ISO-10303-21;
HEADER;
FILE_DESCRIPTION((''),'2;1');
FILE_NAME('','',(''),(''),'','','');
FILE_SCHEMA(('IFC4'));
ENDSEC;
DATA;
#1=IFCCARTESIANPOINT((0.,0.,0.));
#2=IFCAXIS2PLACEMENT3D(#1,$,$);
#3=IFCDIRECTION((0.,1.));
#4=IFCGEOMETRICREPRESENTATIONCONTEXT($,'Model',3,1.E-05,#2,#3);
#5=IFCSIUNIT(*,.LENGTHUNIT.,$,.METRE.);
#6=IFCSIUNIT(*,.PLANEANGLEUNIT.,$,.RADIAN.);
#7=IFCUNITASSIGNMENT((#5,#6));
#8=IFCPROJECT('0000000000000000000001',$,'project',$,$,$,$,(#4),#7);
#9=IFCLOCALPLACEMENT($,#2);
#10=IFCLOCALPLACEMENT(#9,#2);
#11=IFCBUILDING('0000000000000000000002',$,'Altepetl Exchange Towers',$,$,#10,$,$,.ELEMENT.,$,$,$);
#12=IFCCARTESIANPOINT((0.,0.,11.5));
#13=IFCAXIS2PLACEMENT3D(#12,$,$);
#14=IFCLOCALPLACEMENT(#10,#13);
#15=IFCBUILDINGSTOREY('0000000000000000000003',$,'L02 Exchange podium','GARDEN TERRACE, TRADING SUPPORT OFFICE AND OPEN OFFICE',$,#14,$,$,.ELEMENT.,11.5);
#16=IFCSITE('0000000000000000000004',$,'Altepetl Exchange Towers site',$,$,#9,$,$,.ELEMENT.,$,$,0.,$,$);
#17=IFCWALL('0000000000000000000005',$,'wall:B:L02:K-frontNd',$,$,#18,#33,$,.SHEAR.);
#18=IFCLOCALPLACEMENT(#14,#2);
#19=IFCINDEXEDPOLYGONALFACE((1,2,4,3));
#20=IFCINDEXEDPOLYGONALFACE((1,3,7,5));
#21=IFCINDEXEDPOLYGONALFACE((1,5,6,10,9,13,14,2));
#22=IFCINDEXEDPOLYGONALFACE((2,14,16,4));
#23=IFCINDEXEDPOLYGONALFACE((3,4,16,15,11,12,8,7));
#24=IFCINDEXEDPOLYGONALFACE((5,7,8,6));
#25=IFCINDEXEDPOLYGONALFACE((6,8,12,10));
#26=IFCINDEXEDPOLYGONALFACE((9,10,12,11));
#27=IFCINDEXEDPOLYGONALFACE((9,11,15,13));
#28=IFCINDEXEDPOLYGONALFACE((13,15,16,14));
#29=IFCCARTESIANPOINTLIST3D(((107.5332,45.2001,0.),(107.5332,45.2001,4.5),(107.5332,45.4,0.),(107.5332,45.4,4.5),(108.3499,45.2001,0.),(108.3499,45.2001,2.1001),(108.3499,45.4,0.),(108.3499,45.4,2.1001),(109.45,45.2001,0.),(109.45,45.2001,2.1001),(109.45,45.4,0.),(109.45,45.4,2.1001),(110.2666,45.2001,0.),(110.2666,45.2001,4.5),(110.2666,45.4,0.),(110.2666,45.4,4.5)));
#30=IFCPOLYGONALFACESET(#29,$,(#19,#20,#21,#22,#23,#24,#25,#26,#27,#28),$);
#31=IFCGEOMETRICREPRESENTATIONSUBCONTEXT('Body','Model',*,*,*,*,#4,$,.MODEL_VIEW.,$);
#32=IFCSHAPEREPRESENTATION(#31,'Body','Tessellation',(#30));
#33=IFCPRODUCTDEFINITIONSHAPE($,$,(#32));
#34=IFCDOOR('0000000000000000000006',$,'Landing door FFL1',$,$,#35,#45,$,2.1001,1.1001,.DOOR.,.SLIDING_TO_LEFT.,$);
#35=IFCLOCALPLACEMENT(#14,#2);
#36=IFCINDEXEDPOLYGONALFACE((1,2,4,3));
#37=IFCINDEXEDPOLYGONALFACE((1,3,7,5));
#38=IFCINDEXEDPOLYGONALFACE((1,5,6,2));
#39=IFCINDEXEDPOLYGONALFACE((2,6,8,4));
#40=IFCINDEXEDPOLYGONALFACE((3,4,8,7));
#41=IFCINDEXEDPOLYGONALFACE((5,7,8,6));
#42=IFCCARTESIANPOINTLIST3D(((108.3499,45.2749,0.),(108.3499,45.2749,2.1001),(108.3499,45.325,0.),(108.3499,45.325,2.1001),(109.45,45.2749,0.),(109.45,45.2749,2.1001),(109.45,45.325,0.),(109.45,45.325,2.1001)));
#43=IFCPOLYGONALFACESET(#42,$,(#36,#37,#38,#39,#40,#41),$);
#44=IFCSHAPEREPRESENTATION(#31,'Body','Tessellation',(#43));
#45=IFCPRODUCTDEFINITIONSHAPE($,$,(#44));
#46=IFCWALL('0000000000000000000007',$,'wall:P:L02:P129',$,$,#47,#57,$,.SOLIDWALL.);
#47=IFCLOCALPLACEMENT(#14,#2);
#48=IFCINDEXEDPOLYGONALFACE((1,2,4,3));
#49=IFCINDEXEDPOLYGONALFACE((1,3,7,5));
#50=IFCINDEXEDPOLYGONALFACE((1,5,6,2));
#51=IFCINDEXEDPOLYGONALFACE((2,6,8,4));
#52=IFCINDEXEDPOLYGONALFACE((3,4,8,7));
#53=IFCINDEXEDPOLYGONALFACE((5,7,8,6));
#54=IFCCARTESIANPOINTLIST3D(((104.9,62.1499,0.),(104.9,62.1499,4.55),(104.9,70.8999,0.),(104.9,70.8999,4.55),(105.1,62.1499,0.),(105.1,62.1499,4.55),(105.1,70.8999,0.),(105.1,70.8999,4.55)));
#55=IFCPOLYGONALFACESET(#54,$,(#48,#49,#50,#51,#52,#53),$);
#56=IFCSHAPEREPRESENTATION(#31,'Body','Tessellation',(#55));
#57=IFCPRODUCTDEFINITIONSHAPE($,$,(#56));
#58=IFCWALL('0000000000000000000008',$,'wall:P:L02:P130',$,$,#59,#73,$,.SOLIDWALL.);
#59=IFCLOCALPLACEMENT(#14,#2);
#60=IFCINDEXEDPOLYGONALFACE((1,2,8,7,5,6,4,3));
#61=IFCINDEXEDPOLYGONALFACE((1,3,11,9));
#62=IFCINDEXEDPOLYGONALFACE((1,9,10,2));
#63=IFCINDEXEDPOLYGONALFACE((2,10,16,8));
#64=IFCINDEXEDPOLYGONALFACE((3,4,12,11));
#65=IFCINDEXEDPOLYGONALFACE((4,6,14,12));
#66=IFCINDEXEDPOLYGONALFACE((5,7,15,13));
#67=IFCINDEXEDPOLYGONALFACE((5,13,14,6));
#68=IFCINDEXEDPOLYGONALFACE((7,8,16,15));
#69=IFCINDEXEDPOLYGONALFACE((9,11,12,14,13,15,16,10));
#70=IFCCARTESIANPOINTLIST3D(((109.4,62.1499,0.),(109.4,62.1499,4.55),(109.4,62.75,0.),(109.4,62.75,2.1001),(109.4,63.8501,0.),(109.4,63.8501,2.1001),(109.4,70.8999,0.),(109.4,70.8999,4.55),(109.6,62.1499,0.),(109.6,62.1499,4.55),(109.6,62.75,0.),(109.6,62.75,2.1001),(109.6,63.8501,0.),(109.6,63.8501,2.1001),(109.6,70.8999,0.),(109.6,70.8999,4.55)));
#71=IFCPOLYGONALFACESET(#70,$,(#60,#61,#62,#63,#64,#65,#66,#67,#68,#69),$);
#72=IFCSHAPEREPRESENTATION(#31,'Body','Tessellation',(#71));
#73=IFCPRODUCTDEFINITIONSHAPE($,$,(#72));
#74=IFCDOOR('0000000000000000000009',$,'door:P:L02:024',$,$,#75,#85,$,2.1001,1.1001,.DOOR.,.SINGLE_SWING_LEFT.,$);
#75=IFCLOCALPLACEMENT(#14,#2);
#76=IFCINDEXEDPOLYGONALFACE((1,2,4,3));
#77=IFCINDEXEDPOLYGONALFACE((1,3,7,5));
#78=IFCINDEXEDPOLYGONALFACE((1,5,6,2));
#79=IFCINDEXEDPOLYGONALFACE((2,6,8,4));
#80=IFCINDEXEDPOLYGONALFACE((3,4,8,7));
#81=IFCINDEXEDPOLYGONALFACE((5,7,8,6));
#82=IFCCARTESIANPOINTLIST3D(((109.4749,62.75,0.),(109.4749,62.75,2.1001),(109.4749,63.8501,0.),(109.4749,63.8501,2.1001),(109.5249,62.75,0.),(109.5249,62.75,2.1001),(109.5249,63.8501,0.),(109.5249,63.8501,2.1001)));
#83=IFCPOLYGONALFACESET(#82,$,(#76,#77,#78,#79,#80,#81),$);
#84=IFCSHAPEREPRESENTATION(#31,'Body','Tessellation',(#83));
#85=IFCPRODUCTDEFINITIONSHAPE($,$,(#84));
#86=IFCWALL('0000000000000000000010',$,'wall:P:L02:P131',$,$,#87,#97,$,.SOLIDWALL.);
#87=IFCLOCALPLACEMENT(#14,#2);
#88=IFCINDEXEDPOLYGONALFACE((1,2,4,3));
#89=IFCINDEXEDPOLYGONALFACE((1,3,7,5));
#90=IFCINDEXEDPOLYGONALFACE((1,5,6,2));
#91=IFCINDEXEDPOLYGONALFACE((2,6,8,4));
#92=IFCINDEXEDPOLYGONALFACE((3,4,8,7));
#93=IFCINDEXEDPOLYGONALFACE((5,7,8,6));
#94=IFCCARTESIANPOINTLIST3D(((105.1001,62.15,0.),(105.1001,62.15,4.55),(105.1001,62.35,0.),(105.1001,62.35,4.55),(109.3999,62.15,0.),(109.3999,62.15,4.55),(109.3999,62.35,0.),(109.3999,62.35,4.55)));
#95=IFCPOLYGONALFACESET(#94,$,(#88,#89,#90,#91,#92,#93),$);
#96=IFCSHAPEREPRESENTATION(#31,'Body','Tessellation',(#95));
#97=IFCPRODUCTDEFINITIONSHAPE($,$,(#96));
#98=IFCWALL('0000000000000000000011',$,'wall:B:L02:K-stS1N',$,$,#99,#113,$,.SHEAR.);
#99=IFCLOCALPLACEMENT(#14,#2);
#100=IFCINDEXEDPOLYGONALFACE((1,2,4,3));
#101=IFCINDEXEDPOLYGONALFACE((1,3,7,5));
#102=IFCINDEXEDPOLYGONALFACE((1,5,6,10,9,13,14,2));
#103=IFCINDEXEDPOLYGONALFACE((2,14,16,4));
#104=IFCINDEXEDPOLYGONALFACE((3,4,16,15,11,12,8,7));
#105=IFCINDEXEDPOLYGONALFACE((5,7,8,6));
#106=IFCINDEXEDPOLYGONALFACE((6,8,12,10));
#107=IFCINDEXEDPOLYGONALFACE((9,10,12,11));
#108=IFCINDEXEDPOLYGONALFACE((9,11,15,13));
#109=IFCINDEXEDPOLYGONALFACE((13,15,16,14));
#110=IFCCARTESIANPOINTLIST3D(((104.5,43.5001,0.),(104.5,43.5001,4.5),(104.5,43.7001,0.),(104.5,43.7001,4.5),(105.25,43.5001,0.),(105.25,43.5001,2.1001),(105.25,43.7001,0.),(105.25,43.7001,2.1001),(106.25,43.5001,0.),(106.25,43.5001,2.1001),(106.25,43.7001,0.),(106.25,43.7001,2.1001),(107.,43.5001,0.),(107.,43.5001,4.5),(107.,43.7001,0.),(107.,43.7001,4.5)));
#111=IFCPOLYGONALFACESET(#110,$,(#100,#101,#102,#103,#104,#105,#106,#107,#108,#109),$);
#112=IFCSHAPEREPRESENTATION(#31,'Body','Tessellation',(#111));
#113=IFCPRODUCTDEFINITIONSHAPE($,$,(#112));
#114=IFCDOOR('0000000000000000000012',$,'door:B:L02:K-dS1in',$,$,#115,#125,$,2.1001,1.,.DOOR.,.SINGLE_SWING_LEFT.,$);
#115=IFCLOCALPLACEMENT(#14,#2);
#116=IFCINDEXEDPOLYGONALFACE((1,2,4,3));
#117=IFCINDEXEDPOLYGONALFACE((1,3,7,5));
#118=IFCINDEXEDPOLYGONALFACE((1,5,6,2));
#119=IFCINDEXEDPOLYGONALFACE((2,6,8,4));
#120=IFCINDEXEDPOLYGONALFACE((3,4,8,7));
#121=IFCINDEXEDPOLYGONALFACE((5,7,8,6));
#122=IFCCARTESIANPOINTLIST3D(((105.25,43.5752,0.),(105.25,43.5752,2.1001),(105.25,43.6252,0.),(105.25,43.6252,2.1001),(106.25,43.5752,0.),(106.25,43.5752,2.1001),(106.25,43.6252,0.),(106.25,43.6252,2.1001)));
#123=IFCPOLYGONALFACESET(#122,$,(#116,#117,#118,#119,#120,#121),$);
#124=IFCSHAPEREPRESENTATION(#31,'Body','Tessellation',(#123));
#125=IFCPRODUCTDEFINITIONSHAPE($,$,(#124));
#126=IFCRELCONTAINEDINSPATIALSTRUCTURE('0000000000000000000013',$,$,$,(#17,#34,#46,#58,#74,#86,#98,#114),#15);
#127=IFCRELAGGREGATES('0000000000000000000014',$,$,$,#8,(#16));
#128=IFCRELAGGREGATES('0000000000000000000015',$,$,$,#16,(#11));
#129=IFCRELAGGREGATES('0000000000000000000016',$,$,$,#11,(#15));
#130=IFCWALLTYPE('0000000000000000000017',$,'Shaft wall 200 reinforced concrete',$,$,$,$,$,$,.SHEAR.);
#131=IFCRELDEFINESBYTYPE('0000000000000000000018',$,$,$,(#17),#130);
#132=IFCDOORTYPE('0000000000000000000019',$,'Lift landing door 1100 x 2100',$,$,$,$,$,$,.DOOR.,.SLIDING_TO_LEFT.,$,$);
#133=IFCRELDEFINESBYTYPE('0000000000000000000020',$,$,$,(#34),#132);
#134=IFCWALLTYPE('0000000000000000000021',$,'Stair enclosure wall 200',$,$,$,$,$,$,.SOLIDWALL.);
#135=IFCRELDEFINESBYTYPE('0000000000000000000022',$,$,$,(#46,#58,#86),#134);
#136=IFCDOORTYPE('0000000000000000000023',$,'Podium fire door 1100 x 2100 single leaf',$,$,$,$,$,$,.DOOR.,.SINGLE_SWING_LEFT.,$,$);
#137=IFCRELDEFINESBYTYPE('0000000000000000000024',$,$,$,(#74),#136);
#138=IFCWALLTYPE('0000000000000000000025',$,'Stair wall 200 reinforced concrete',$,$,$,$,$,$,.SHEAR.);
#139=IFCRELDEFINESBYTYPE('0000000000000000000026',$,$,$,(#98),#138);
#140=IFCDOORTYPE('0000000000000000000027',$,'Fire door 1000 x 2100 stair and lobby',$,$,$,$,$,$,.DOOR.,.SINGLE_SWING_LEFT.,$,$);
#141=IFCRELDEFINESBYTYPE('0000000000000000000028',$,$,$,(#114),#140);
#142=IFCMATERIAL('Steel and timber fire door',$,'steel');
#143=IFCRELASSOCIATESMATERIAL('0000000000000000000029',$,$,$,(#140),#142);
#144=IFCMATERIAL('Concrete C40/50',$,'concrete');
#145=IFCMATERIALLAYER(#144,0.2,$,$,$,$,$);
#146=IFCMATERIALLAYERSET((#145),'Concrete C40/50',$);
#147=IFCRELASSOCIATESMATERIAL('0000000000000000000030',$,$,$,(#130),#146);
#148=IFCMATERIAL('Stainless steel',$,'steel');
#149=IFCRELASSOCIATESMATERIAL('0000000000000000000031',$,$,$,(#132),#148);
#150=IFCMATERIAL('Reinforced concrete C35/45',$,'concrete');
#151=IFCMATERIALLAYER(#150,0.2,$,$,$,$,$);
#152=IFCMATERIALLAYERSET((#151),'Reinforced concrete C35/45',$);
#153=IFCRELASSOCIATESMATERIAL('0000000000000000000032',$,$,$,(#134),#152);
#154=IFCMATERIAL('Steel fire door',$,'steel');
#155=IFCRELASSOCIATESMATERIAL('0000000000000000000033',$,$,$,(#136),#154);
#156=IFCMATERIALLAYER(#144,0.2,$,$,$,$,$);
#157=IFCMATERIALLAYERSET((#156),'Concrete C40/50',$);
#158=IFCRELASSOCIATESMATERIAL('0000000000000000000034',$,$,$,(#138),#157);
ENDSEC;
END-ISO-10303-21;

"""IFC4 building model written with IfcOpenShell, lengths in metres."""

from ifc_helpers import new_model, si_unit, direction, frame, frame_2d, origin, place, context, subcontext, project, spatial, rectangle, extrude, material, layer, layer_set, type_object, element, fill, save


model = new_model("IFC4")

# Units and contexts
model_context = context("Model", 3, precision=1e-05, world=origin(), true_north=direction((0.0, 1.0)))
body_context = subcontext(model_context, "Body", "Model", "MODEL_VIEW")
ifc_project = project(units=[si_unit("LENGTHUNIT", "METRE"), si_unit("PLANEANGLEUNIT", "RADIAN")], contexts=[model_context])

# Site, building, storey
site_placement = place(None, origin())
site = spatial("IfcSite", under=ifc_project, at=site_placement, Name="Altepetl Exchange Towers site", CompositionType="ELEMENT", RefElevation=0.0)
building_placement = place(site_placement, origin())
building = spatial("IfcBuilding", under=site, at=building_placement, Name="Altepetl Exchange Towers", CompositionType="ELEMENT")
storey_placement = place(building_placement, frame((0.0, 0.0, 11.5)))
storey = spatial("IfcBuildingStorey", under=building, at=storey_placement, Name="L02 Exchange podium", Description="GARDEN TERRACE, TRADING SUPPORT OFFICE AND OPEN OFFICE", CompositionType="ELEMENT", Elevation=11.5)

# Shared definitions
ifc_material_1 = material(Name="Steel and timber fire door", Category="steel")
door_type_1 = type_object("IfcDoorType", Name="Fire door 1000 x 2100 stair and lobby", OperationType="SINGLE_SWING_LEFT", PredefinedType="DOOR", material=ifc_material_1)

# Shared definitions
ifc_material_2 = material(Name="Steel fire door", Category="steel")

# Shared definitions
ifc_material_3 = material(Name="Concrete C40/50", Category="concrete")
ifc_layer_1 = layer(ifc_material_3, 0.2)
ifc_layer_set_1 = layer_set([ifc_layer_1], Name="Concrete C40/50")
wall_type_1 = type_object("IfcWallType", Name="Shaft wall 200 reinforced concrete", PredefinedType="SHEAR", material=ifc_layer_set_1)

# Wall, opening, door
wall_1_placement = place(storey_placement, frame((107.5332, 45.3, 0.0)))
wall_1 = element("IfcWall", 1, at=wall_1_placement, inside=storey, type_object=wall_type_1, Name="wall:B:L02:K-frontNd", PredefinedType="SHEAR", context=body_context, shape_type="SweptSolid", body=[
    extrude(rectangle(XDim=2.7334, YDim=0.2, at=frame_2d((1.3667, 0.0))), origin(), (0.0, 0.0, 1.0), 4.5),
])
opening_1_placement = place(wall_1_placement, frame((0.8167, 0.0, 0.0)))
opening_1 = element("IfcOpeningElement", 2, at=opening_1_placement, cuts=wall_1, PredefinedType="OPENING", context=body_context, shape_type="SweptSolid", body=[
    extrude(rectangle(XDim=1.1001, YDim=2.1001, at=frame_2d((0.55, 1.05))), frame((0.0, 0.1099, 0.0), z_axis=(0.0, -1.0, 0.0), x_axis=(1.0, 0.0, 0.0)), (0.0, 0.0, 1.0), 0.22),
])
ifc_material_4 = material(Name="Stainless steel", Category="steel")
door_type_2 = type_object("IfcDoorType", Name="Lift landing door 1100 x 2100", OperationType="SLIDING_TO_LEFT", PredefinedType="DOOR", material=ifc_material_4)
door_1_placement = place(opening_1_placement, origin())
door_1 = element("IfcDoor", 3, at=door_1_placement, inside=storey, type_object=door_type_2, Name="Landing door FFL1", OperationType="SLIDING_TO_LEFT", OverallHeight=2.1001, OverallWidth=1.1001, PredefinedType="DOOR", context=body_context, shape_type="SweptSolid", body=[
    extrude(rectangle(XDim=1.1001, YDim=2.1001, at=frame_2d((0.55, 1.05))), frame((0.0, 0.0249, 0.0), z_axis=(0.0, -1.0, 0.0), x_axis=(1.0, 0.0, 0.0)), (0.0, 0.0, 1.0), 0.05),
])
fill(opening_1, door_1)

# Wall
ifc_material_5 = material(Name="Reinforced concrete C35/45", Category="concrete")
ifc_layer_2 = layer(ifc_material_5, 0.2)
ifc_layer_set_2 = layer_set([ifc_layer_2], Name="Reinforced concrete C35/45")
wall_type_2 = type_object("IfcWallType", Name="Stair enclosure wall 200", PredefinedType="SOLIDWALL", material=ifc_layer_set_2)
wall_2_placement = place(storey_placement, frame((105.0, 62.1499, 0.0), z_axis=(0.0, 0.0, 1.0), x_axis=(0.0, 1.0, 0.0)))
element("IfcWall", 4, at=wall_2_placement, inside=storey, type_object=wall_type_2, Name="wall:P:L02:P129", PredefinedType="SOLIDWALL", context=body_context, shape_type="SweptSolid", body=[
    extrude(rectangle(XDim=8.75, YDim=0.2, at=frame_2d((4.375, 0.0))), origin(), (0.0, 0.0, 1.0), 4.55),
])

# Wall, opening, door
wall_3_placement = place(storey_placement, frame((109.5, 62.1499, 0.0), z_axis=(0.0, 0.0, 1.0), x_axis=(0.0, 1.0, 0.0)))
wall_3 = element("IfcWall", 5, at=wall_3_placement, inside=storey, type_object=wall_type_2, Name="wall:P:L02:P130", PredefinedType="SOLIDWALL", context=body_context, shape_type="SweptSolid", body=[
    extrude(rectangle(XDim=8.75, YDim=0.2, at=frame_2d((4.375, 0.0))), origin(), (0.0, 0.0, 1.0), 4.55),
])
opening_2_placement = place(wall_3_placement, frame((0.6001, 0.0, 0.0)))
opening_2 = element("IfcOpeningElement", 6, at=opening_2_placement, cuts=wall_3, PredefinedType="OPENING", context=body_context, shape_type="SweptSolid", body=[
    extrude(rectangle(XDim=1.1001, YDim=2.1001, at=frame_2d((0.55, 1.05))), frame((0.0, 0.1099, 0.0), z_axis=(0.0, -1.0, 0.0), x_axis=(1.0, 0.0, 0.0)), (0.0, 0.0, 1.0), 0.22),
])
door_type_3 = type_object("IfcDoorType", Name="Podium fire door 1100 x 2100 single leaf", OperationType="SINGLE_SWING_LEFT", PredefinedType="DOOR", material=ifc_material_2)
door_2_placement = place(opening_2_placement, frame((1.1001, 0.0, 0.0), x_axis=(-1.0, 0.0, 0.0)))
door_2 = element("IfcDoor", 7, at=door_2_placement, inside=storey, type_object=door_type_3, Name="door:P:L02:024", OperationType="SINGLE_SWING_LEFT", OverallHeight=2.1001, OverallWidth=1.1001, PredefinedType="DOOR", context=body_context, shape_type="SweptSolid", body=[
    extrude(rectangle(XDim=1.1001, YDim=2.1001, at=frame_2d((0.55, 1.05))), frame((0.0, 0.0249, 0.0), z_axis=(0.0, -1.0, 0.0), x_axis=(1.0, 0.0, 0.0)), (0.0, 0.0, 1.0), 0.05),
])
fill(opening_2, door_2)

# Wall
wall_4_placement = place(storey_placement, frame((105.1001, 62.25, 0.0)))
element("IfcWall", 8, at=wall_4_placement, inside=storey, type_object=wall_type_2, Name="wall:P:L02:P131", PredefinedType="SOLIDWALL", context=body_context, shape_type="SweptSolid", body=[
    extrude(rectangle(XDim=4.2998, YDim=0.2, at=frame_2d((2.1499, 0.0))), origin(), (0.0, 0.0, 1.0), 4.55),
])

# Wall, opening, door
ifc_layer_3 = layer(ifc_material_3, 0.2)
ifc_layer_set_3 = layer_set([ifc_layer_3], Name="Concrete C40/50")
wall_type_3 = type_object("IfcWallType", Name="Stair wall 200 reinforced concrete", PredefinedType="SHEAR", material=ifc_layer_set_3)
wall_5_placement = place(storey_placement, frame((104.5, 43.6001, 0.0)))
wall_5 = element("IfcWall", 9, at=wall_5_placement, inside=storey, type_object=wall_type_3, Name="wall:B:L02:K-stS1N", PredefinedType="SHEAR", context=body_context, shape_type="SweptSolid", body=[
    extrude(rectangle(XDim=2.5, YDim=0.2, at=frame_2d((1.25, 0.0))), origin(), (0.0, 0.0, 1.0), 4.5),
])
opening_3_placement = place(wall_5_placement, frame((0.75, 0.0, 0.0)))
opening_3 = element("IfcOpeningElement", 10, at=opening_3_placement, cuts=wall_5, PredefinedType="OPENING", context=body_context, shape_type="SweptSolid", body=[
    extrude(rectangle(XDim=1.0, YDim=2.1001, at=frame_2d((0.5, 1.05))), frame((0.0, 0.1099, 0.0), z_axis=(0.0, -1.0, 0.0), x_axis=(1.0, 0.0, 0.0)), (0.0, 0.0, 1.0), 0.22),
])
door_3_placement = place(opening_3_placement, frame((1.0, 0.0, 0.0), x_axis=(-1.0, 0.0, 0.0)))
door_3 = element("IfcDoor", 11, at=door_3_placement, inside=storey, type_object=door_type_1, Name="door:B:L02:K-dS1in", OperationType="SINGLE_SWING_LEFT", OverallHeight=2.1001, OverallWidth=1.0, PredefinedType="DOOR", context=body_context, shape_type="SweptSolid", body=[
    extrude(rectangle(XDim=1.0, YDim=2.1001, at=frame_2d((0.5, 1.05))), frame((0.0, 0.0249, 0.0), z_axis=(0.0, -1.0, 0.0), x_axis=(1.0, 0.0, 0.0)), (0.0, 0.0, 1.0), 0.05),
])
fill(opening_3, door_3)

save(model, "model.ifc")
